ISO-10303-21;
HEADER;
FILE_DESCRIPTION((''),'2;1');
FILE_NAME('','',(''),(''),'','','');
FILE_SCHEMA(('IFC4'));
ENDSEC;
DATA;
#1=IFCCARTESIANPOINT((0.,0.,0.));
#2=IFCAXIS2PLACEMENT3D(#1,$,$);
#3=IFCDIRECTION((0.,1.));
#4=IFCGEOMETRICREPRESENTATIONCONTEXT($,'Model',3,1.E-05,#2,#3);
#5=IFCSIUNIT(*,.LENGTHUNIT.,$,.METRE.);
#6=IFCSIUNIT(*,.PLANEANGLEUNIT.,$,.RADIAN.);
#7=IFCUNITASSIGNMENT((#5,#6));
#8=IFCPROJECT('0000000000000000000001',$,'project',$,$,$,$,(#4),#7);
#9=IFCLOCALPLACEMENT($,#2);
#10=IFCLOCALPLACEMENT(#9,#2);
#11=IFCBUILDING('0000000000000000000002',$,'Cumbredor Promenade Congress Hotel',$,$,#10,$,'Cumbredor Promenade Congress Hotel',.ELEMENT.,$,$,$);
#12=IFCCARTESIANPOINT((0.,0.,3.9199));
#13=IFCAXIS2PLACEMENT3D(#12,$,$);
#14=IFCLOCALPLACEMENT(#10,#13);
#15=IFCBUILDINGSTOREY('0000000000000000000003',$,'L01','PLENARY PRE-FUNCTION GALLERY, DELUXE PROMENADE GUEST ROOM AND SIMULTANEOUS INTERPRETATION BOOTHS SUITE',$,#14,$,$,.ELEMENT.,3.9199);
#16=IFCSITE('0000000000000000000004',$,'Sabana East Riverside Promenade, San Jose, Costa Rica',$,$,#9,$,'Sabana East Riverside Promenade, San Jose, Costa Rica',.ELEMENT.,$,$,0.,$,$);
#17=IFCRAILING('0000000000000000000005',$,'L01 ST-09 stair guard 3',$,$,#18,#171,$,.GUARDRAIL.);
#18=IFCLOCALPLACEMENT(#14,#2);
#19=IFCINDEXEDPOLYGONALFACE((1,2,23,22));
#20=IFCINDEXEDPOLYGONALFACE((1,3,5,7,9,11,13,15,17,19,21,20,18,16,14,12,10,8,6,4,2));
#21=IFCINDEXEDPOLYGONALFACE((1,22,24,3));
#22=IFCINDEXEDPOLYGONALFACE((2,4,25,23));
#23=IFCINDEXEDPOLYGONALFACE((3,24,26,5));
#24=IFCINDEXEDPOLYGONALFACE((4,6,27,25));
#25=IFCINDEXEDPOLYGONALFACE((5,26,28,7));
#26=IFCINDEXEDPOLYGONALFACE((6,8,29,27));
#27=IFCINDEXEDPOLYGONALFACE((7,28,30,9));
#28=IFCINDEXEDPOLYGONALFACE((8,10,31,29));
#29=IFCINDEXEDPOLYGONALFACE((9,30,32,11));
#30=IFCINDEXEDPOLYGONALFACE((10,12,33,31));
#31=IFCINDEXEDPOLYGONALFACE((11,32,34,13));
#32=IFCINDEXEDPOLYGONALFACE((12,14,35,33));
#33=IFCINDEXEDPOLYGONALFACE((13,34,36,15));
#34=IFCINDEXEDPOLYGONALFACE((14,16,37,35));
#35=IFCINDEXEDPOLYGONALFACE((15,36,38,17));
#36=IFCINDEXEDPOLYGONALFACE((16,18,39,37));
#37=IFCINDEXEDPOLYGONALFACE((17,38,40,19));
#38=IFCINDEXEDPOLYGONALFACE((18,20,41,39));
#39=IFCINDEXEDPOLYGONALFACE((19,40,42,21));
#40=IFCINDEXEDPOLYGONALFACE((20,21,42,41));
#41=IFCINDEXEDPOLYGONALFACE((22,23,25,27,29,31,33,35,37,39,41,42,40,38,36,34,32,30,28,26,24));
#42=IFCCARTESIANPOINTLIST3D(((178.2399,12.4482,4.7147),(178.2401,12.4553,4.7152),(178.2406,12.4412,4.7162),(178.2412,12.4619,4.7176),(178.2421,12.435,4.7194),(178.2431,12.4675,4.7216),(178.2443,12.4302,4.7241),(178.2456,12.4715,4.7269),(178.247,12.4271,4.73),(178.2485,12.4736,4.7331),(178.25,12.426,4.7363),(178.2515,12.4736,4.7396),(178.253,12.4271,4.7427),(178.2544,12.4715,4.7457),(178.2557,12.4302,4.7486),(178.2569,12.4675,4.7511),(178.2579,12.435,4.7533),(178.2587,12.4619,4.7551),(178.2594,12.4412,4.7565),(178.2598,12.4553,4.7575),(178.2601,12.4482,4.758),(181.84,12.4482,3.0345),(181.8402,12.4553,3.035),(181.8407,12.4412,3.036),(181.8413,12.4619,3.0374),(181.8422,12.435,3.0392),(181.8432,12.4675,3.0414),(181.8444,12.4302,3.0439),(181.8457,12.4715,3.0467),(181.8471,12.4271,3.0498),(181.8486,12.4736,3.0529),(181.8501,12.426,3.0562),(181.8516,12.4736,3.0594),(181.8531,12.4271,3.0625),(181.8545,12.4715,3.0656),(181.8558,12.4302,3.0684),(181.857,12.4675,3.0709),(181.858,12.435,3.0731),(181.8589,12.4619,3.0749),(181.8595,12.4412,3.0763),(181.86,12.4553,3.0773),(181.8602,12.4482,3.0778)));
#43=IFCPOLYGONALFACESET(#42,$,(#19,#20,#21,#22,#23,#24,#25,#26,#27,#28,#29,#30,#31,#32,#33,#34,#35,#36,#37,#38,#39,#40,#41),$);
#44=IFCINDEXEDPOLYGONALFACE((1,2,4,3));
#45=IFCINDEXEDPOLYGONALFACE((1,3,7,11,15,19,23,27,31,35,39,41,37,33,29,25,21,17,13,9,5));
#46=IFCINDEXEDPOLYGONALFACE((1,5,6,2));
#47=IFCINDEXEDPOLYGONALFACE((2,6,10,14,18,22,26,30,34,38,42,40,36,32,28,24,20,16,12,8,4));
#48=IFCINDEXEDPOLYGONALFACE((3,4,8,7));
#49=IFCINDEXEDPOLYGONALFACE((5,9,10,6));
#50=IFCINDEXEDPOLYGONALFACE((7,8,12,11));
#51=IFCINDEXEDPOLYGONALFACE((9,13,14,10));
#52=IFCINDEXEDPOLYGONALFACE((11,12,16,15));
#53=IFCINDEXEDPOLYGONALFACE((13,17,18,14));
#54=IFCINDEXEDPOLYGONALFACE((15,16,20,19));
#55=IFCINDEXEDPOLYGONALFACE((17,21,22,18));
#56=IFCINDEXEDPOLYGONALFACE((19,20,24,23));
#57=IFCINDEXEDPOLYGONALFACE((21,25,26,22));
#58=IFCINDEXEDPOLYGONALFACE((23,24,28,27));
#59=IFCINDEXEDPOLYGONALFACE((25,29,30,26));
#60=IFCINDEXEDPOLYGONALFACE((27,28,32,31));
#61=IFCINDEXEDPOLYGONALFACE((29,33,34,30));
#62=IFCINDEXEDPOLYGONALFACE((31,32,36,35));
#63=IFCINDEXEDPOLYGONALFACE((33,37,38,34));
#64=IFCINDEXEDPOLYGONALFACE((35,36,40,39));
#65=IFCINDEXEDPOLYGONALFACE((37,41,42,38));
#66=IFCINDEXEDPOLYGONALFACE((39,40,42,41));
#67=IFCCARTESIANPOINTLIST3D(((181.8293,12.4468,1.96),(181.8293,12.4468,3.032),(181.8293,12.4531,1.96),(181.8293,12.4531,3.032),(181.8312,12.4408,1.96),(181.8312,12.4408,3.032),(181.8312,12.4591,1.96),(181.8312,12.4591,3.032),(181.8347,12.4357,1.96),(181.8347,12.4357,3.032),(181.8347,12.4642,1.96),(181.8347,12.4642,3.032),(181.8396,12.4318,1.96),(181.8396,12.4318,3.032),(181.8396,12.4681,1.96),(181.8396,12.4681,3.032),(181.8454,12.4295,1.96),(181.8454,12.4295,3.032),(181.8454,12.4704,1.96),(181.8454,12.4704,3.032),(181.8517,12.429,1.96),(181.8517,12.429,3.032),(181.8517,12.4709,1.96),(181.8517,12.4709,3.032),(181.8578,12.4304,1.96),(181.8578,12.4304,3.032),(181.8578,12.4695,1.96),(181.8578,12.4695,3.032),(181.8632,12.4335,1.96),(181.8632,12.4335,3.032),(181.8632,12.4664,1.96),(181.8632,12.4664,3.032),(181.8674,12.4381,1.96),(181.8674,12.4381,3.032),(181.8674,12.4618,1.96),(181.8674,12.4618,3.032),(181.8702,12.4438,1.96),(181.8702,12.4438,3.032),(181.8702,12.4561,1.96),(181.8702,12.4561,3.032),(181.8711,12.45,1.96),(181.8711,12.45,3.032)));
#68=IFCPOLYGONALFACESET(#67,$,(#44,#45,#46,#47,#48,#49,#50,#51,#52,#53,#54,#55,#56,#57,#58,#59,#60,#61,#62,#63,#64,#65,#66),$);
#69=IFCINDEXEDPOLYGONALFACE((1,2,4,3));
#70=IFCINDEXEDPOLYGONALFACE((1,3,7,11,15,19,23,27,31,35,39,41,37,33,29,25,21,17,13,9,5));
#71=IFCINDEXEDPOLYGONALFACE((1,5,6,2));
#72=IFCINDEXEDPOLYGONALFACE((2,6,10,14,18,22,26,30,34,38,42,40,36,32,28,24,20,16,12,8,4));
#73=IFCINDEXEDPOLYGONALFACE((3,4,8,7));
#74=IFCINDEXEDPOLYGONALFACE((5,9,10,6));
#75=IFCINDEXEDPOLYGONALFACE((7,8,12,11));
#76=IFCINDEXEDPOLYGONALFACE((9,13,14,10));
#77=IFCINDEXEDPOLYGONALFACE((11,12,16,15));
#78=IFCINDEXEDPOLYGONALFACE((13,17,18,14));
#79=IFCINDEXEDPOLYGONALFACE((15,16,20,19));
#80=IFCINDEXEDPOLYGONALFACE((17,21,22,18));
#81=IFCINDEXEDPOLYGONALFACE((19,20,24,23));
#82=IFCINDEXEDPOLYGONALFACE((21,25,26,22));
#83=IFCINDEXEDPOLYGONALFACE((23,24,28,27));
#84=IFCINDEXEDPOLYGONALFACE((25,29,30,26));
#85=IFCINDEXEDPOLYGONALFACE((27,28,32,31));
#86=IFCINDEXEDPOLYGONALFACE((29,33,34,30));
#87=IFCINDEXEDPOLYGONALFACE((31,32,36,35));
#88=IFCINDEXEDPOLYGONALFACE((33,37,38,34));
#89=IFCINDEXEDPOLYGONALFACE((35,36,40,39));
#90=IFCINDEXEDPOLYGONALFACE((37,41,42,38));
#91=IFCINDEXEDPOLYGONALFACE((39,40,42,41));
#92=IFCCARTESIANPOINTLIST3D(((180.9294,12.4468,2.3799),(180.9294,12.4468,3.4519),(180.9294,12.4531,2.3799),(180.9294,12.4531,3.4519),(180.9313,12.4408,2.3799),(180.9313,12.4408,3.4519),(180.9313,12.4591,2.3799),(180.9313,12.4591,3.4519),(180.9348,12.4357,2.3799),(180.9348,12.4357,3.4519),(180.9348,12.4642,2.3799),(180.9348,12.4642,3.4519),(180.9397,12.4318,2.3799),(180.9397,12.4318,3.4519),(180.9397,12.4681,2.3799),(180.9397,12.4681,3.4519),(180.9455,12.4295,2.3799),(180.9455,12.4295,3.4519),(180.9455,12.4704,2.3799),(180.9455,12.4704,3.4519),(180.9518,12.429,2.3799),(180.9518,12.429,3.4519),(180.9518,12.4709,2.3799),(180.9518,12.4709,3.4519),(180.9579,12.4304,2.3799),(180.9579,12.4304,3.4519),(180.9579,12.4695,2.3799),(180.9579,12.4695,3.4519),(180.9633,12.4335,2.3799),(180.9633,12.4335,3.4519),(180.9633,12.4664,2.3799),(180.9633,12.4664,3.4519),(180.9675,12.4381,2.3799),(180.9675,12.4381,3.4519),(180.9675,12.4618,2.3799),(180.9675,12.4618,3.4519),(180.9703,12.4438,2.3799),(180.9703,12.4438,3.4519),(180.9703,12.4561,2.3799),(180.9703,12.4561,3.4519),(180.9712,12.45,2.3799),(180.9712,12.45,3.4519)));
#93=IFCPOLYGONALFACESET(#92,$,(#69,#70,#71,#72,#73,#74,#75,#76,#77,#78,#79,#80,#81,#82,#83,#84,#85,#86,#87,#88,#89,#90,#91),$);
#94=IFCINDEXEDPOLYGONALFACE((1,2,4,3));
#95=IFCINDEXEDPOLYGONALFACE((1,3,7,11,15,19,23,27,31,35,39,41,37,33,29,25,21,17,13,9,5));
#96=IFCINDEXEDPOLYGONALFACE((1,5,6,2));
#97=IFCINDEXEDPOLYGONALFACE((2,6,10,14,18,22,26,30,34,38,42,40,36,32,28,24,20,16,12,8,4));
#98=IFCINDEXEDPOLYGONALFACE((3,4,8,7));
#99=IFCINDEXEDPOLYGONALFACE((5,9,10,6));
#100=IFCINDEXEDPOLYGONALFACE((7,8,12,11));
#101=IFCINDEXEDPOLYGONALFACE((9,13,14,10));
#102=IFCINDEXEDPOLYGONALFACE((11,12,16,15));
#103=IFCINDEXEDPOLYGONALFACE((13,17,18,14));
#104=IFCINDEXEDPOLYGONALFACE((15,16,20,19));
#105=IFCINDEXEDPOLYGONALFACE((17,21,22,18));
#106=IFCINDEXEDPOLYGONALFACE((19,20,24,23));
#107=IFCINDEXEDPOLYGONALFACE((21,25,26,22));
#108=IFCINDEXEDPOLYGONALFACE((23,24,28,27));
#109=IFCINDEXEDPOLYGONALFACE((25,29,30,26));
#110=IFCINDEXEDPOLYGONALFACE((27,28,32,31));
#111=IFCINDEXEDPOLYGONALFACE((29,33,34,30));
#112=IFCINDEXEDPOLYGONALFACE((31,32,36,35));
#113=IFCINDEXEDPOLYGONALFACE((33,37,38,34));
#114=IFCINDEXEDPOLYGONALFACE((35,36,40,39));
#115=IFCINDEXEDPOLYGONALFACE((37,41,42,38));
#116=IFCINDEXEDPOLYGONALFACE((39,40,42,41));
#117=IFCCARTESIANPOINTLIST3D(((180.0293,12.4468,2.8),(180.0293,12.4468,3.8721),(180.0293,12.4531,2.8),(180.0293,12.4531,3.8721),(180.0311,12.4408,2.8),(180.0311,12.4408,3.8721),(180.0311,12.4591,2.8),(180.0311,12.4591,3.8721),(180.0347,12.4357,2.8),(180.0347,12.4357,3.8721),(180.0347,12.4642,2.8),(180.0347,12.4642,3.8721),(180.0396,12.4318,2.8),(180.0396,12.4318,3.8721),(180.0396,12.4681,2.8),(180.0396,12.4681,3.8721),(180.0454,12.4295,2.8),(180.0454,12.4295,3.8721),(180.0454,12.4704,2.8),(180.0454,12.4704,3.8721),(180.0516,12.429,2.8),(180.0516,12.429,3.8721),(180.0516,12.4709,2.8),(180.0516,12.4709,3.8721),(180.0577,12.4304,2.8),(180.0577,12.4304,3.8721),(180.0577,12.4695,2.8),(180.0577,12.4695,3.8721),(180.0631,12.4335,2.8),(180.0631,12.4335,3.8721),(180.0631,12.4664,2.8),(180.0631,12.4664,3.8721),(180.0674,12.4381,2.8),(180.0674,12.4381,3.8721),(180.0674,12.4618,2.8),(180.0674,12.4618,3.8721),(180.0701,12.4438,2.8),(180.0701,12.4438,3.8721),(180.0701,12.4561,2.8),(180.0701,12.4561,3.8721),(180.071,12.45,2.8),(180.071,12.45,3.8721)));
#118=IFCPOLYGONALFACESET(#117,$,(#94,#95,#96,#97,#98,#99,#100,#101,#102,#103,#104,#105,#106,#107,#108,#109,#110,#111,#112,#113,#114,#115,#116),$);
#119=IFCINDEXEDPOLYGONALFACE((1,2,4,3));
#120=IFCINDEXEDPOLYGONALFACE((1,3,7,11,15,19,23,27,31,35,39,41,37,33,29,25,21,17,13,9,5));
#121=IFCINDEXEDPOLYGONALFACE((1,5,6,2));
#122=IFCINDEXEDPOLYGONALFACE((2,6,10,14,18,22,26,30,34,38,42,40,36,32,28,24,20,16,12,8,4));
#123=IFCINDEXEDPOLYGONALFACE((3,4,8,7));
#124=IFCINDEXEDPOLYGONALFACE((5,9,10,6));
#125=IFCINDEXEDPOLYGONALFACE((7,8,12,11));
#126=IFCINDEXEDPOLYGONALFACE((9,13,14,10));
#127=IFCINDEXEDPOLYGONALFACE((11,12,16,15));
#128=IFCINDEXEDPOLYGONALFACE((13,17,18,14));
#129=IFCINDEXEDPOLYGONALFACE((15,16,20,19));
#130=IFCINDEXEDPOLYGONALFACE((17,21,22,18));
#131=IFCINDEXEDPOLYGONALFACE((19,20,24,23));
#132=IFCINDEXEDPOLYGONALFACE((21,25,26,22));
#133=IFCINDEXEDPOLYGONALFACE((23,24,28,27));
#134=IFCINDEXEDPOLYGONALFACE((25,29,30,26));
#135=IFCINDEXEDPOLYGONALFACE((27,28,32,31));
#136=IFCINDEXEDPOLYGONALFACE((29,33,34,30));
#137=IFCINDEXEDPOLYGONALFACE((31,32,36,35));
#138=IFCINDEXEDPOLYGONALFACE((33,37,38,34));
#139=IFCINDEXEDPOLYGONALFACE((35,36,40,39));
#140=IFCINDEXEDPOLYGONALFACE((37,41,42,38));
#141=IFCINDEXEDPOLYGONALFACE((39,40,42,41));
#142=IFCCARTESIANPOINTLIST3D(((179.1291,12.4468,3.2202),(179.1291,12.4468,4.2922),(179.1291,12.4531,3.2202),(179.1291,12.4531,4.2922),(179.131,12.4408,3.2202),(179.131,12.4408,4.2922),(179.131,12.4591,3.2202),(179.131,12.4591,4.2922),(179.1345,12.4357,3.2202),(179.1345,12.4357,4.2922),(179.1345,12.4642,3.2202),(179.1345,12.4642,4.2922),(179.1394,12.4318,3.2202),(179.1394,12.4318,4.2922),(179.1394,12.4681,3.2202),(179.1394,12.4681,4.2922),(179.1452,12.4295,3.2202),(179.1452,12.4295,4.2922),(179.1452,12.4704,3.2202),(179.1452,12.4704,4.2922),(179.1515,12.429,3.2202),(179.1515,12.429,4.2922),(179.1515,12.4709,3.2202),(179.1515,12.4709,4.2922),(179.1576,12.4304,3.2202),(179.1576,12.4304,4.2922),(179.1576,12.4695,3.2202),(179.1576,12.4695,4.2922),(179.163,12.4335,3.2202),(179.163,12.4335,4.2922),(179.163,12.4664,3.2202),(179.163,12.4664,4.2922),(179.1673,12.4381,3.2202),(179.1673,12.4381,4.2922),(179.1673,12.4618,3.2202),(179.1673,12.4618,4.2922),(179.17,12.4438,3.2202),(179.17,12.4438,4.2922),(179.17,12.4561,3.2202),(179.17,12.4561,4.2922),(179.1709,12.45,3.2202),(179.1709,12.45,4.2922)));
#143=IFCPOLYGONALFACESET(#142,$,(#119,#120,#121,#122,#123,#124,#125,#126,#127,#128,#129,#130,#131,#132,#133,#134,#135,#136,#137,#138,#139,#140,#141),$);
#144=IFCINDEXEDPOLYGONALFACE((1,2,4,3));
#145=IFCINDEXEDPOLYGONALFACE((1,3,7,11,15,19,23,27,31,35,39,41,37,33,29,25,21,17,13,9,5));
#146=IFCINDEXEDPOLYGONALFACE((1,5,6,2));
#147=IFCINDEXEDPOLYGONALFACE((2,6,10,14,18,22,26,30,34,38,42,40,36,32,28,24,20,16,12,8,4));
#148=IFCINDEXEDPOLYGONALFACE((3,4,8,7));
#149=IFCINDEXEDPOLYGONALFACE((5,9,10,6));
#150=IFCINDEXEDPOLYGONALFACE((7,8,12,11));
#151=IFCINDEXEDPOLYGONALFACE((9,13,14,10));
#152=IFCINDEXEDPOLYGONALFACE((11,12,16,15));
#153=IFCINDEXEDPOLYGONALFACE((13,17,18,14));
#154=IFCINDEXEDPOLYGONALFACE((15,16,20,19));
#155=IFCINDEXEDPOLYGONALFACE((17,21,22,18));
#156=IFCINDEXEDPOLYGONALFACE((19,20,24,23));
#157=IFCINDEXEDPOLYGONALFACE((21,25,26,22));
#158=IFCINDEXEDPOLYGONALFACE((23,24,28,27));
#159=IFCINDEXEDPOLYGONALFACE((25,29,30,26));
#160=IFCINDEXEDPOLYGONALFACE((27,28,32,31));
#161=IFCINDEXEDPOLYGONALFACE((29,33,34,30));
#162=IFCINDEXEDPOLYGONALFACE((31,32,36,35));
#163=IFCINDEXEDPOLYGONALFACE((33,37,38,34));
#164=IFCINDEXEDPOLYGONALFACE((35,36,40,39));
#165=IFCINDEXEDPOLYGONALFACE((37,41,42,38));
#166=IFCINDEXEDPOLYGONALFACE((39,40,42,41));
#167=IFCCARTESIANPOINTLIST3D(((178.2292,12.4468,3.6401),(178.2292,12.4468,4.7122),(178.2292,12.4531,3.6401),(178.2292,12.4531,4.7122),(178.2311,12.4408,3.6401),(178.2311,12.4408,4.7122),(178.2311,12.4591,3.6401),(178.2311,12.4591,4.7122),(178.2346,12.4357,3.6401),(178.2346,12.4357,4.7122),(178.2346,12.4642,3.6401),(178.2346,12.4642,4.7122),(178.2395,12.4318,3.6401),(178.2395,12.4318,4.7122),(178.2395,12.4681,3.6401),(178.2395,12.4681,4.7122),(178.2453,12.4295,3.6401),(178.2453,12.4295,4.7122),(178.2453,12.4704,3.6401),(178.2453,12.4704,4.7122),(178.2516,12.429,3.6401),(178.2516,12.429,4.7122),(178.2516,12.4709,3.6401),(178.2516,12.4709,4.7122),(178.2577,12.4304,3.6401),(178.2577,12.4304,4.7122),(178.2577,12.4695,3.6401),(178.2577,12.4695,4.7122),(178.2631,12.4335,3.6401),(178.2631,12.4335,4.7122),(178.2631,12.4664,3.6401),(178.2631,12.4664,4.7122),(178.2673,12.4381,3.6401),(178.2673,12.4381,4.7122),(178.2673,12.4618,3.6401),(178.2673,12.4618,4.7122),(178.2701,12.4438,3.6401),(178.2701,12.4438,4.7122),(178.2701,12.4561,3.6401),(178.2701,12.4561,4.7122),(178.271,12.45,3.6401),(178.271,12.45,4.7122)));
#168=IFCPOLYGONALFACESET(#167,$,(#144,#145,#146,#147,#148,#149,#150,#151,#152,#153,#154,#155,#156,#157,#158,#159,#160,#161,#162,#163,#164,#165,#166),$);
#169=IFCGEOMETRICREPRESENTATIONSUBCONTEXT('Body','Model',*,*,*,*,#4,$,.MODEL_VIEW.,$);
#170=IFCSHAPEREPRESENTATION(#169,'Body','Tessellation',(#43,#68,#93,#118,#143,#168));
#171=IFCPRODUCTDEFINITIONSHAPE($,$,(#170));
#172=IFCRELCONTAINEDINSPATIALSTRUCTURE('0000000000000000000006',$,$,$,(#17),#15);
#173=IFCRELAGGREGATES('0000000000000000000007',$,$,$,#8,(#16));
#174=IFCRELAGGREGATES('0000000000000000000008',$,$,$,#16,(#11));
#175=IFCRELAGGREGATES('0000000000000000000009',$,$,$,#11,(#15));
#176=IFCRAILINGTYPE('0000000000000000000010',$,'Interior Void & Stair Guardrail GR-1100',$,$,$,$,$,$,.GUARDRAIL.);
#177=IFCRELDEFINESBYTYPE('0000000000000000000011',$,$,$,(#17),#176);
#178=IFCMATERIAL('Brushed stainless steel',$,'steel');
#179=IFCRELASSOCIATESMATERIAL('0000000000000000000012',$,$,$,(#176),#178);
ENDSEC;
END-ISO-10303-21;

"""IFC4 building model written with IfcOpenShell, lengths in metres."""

from ifc_helpers import new_model, si_unit, direction, frame, origin, origin_2d, place, context, subcontext, project, spatial, circle, extrude, material, type_object, element, save


model = new_model("IFC4")

# Units and contexts
model_context = context("Model", 3, precision=1e-05, world=origin(), true_north=direction((0.0, 1.0)))
body_context = subcontext(model_context, "Body", "Model", "MODEL_VIEW")
ifc_project = project(units=[si_unit("LENGTHUNIT", "METRE"), si_unit("PLANEANGLEUNIT", "RADIAN")], contexts=[model_context])

# Site, building, storey
site_placement = place(None, origin())
site = spatial("IfcSite", under=ifc_project, at=site_placement, Name="Sabana East Riverside Promenade, San Jose, Costa Rica", LongName="Sabana East Riverside Promenade, San Jose, Costa Rica", CompositionType="ELEMENT", RefElevation=0.0)
building_placement = place(site_placement, origin())
building = spatial("IfcBuilding", under=site, at=building_placement, Name="Cumbredor Promenade Congress Hotel", LongName="Cumbredor Promenade Congress Hotel", CompositionType="ELEMENT")
storey_placement = place(building_placement, frame((0.0, 0.0, 3.9199)))
storey = spatial("IfcBuildingStorey", under=building, at=storey_placement, Name="L01", Description="PLENARY PRE-FUNCTION GALLERY, DELUXE PROMENADE GUEST ROOM AND SIMULTANEOUS INTERPRETATION BOOTHS SUITE", CompositionType="ELEMENT", Elevation=3.9199)

# Railing
ifc_material_1 = material(Name="Brushed stainless steel", Category="steel")
railing_type_1 = type_object("IfcRailingType", Name="Interior Void & Stair Guardrail GR-1100", PredefinedType="GUARDRAIL", material=ifc_material_1)
railing_1_placement = place(storey_placement, frame((181.8501, 12.45, 1.96)))
element("IfcRailing", 1, at=railing_1_placement, inside=storey, type_object=railing_type_1, Name="L01 ST-09 stair guard 3", PredefinedType="GUARDRAIL", context=body_context, shape_type="SweptSolid", body=[
    extrude(circle(Radius=0.0239, at=origin_2d()), frame((0.0, 0.0, 1.0962), z_axis=(-0.906171, 0.0, 0.422912), x_axis=(0.0, -1.0, 0.0)), (0.0, 0.0, 1.0), 3.9729),
    extrude(circle(Radius=0.021, at=origin_2d()), origin(), (0.0, 0.0, 1.0), 1.072),
    extrude(circle(Radius=0.021, at=origin_2d()), frame((-0.8999, 0.0, 0.4199)), (0.0, 0.0, 1.0), 1.072),
    extrude(circle(Radius=0.021, at=origin_2d()), frame((-1.8, 0.0, 0.8401)), (0.0, 0.0, 1.0), 1.072),
    extrude(circle(Radius=0.021, at=origin_2d()), frame((-2.7002, 0.0, 1.2603)), (0.0, 0.0, 1.0), 1.072),
    extrude(circle(Radius=0.021, at=origin_2d()), frame((-3.6001, 0.0, 1.6802)), (0.0, 0.0, 1.0), 1.072),
])

save(model, "model.ifc")
